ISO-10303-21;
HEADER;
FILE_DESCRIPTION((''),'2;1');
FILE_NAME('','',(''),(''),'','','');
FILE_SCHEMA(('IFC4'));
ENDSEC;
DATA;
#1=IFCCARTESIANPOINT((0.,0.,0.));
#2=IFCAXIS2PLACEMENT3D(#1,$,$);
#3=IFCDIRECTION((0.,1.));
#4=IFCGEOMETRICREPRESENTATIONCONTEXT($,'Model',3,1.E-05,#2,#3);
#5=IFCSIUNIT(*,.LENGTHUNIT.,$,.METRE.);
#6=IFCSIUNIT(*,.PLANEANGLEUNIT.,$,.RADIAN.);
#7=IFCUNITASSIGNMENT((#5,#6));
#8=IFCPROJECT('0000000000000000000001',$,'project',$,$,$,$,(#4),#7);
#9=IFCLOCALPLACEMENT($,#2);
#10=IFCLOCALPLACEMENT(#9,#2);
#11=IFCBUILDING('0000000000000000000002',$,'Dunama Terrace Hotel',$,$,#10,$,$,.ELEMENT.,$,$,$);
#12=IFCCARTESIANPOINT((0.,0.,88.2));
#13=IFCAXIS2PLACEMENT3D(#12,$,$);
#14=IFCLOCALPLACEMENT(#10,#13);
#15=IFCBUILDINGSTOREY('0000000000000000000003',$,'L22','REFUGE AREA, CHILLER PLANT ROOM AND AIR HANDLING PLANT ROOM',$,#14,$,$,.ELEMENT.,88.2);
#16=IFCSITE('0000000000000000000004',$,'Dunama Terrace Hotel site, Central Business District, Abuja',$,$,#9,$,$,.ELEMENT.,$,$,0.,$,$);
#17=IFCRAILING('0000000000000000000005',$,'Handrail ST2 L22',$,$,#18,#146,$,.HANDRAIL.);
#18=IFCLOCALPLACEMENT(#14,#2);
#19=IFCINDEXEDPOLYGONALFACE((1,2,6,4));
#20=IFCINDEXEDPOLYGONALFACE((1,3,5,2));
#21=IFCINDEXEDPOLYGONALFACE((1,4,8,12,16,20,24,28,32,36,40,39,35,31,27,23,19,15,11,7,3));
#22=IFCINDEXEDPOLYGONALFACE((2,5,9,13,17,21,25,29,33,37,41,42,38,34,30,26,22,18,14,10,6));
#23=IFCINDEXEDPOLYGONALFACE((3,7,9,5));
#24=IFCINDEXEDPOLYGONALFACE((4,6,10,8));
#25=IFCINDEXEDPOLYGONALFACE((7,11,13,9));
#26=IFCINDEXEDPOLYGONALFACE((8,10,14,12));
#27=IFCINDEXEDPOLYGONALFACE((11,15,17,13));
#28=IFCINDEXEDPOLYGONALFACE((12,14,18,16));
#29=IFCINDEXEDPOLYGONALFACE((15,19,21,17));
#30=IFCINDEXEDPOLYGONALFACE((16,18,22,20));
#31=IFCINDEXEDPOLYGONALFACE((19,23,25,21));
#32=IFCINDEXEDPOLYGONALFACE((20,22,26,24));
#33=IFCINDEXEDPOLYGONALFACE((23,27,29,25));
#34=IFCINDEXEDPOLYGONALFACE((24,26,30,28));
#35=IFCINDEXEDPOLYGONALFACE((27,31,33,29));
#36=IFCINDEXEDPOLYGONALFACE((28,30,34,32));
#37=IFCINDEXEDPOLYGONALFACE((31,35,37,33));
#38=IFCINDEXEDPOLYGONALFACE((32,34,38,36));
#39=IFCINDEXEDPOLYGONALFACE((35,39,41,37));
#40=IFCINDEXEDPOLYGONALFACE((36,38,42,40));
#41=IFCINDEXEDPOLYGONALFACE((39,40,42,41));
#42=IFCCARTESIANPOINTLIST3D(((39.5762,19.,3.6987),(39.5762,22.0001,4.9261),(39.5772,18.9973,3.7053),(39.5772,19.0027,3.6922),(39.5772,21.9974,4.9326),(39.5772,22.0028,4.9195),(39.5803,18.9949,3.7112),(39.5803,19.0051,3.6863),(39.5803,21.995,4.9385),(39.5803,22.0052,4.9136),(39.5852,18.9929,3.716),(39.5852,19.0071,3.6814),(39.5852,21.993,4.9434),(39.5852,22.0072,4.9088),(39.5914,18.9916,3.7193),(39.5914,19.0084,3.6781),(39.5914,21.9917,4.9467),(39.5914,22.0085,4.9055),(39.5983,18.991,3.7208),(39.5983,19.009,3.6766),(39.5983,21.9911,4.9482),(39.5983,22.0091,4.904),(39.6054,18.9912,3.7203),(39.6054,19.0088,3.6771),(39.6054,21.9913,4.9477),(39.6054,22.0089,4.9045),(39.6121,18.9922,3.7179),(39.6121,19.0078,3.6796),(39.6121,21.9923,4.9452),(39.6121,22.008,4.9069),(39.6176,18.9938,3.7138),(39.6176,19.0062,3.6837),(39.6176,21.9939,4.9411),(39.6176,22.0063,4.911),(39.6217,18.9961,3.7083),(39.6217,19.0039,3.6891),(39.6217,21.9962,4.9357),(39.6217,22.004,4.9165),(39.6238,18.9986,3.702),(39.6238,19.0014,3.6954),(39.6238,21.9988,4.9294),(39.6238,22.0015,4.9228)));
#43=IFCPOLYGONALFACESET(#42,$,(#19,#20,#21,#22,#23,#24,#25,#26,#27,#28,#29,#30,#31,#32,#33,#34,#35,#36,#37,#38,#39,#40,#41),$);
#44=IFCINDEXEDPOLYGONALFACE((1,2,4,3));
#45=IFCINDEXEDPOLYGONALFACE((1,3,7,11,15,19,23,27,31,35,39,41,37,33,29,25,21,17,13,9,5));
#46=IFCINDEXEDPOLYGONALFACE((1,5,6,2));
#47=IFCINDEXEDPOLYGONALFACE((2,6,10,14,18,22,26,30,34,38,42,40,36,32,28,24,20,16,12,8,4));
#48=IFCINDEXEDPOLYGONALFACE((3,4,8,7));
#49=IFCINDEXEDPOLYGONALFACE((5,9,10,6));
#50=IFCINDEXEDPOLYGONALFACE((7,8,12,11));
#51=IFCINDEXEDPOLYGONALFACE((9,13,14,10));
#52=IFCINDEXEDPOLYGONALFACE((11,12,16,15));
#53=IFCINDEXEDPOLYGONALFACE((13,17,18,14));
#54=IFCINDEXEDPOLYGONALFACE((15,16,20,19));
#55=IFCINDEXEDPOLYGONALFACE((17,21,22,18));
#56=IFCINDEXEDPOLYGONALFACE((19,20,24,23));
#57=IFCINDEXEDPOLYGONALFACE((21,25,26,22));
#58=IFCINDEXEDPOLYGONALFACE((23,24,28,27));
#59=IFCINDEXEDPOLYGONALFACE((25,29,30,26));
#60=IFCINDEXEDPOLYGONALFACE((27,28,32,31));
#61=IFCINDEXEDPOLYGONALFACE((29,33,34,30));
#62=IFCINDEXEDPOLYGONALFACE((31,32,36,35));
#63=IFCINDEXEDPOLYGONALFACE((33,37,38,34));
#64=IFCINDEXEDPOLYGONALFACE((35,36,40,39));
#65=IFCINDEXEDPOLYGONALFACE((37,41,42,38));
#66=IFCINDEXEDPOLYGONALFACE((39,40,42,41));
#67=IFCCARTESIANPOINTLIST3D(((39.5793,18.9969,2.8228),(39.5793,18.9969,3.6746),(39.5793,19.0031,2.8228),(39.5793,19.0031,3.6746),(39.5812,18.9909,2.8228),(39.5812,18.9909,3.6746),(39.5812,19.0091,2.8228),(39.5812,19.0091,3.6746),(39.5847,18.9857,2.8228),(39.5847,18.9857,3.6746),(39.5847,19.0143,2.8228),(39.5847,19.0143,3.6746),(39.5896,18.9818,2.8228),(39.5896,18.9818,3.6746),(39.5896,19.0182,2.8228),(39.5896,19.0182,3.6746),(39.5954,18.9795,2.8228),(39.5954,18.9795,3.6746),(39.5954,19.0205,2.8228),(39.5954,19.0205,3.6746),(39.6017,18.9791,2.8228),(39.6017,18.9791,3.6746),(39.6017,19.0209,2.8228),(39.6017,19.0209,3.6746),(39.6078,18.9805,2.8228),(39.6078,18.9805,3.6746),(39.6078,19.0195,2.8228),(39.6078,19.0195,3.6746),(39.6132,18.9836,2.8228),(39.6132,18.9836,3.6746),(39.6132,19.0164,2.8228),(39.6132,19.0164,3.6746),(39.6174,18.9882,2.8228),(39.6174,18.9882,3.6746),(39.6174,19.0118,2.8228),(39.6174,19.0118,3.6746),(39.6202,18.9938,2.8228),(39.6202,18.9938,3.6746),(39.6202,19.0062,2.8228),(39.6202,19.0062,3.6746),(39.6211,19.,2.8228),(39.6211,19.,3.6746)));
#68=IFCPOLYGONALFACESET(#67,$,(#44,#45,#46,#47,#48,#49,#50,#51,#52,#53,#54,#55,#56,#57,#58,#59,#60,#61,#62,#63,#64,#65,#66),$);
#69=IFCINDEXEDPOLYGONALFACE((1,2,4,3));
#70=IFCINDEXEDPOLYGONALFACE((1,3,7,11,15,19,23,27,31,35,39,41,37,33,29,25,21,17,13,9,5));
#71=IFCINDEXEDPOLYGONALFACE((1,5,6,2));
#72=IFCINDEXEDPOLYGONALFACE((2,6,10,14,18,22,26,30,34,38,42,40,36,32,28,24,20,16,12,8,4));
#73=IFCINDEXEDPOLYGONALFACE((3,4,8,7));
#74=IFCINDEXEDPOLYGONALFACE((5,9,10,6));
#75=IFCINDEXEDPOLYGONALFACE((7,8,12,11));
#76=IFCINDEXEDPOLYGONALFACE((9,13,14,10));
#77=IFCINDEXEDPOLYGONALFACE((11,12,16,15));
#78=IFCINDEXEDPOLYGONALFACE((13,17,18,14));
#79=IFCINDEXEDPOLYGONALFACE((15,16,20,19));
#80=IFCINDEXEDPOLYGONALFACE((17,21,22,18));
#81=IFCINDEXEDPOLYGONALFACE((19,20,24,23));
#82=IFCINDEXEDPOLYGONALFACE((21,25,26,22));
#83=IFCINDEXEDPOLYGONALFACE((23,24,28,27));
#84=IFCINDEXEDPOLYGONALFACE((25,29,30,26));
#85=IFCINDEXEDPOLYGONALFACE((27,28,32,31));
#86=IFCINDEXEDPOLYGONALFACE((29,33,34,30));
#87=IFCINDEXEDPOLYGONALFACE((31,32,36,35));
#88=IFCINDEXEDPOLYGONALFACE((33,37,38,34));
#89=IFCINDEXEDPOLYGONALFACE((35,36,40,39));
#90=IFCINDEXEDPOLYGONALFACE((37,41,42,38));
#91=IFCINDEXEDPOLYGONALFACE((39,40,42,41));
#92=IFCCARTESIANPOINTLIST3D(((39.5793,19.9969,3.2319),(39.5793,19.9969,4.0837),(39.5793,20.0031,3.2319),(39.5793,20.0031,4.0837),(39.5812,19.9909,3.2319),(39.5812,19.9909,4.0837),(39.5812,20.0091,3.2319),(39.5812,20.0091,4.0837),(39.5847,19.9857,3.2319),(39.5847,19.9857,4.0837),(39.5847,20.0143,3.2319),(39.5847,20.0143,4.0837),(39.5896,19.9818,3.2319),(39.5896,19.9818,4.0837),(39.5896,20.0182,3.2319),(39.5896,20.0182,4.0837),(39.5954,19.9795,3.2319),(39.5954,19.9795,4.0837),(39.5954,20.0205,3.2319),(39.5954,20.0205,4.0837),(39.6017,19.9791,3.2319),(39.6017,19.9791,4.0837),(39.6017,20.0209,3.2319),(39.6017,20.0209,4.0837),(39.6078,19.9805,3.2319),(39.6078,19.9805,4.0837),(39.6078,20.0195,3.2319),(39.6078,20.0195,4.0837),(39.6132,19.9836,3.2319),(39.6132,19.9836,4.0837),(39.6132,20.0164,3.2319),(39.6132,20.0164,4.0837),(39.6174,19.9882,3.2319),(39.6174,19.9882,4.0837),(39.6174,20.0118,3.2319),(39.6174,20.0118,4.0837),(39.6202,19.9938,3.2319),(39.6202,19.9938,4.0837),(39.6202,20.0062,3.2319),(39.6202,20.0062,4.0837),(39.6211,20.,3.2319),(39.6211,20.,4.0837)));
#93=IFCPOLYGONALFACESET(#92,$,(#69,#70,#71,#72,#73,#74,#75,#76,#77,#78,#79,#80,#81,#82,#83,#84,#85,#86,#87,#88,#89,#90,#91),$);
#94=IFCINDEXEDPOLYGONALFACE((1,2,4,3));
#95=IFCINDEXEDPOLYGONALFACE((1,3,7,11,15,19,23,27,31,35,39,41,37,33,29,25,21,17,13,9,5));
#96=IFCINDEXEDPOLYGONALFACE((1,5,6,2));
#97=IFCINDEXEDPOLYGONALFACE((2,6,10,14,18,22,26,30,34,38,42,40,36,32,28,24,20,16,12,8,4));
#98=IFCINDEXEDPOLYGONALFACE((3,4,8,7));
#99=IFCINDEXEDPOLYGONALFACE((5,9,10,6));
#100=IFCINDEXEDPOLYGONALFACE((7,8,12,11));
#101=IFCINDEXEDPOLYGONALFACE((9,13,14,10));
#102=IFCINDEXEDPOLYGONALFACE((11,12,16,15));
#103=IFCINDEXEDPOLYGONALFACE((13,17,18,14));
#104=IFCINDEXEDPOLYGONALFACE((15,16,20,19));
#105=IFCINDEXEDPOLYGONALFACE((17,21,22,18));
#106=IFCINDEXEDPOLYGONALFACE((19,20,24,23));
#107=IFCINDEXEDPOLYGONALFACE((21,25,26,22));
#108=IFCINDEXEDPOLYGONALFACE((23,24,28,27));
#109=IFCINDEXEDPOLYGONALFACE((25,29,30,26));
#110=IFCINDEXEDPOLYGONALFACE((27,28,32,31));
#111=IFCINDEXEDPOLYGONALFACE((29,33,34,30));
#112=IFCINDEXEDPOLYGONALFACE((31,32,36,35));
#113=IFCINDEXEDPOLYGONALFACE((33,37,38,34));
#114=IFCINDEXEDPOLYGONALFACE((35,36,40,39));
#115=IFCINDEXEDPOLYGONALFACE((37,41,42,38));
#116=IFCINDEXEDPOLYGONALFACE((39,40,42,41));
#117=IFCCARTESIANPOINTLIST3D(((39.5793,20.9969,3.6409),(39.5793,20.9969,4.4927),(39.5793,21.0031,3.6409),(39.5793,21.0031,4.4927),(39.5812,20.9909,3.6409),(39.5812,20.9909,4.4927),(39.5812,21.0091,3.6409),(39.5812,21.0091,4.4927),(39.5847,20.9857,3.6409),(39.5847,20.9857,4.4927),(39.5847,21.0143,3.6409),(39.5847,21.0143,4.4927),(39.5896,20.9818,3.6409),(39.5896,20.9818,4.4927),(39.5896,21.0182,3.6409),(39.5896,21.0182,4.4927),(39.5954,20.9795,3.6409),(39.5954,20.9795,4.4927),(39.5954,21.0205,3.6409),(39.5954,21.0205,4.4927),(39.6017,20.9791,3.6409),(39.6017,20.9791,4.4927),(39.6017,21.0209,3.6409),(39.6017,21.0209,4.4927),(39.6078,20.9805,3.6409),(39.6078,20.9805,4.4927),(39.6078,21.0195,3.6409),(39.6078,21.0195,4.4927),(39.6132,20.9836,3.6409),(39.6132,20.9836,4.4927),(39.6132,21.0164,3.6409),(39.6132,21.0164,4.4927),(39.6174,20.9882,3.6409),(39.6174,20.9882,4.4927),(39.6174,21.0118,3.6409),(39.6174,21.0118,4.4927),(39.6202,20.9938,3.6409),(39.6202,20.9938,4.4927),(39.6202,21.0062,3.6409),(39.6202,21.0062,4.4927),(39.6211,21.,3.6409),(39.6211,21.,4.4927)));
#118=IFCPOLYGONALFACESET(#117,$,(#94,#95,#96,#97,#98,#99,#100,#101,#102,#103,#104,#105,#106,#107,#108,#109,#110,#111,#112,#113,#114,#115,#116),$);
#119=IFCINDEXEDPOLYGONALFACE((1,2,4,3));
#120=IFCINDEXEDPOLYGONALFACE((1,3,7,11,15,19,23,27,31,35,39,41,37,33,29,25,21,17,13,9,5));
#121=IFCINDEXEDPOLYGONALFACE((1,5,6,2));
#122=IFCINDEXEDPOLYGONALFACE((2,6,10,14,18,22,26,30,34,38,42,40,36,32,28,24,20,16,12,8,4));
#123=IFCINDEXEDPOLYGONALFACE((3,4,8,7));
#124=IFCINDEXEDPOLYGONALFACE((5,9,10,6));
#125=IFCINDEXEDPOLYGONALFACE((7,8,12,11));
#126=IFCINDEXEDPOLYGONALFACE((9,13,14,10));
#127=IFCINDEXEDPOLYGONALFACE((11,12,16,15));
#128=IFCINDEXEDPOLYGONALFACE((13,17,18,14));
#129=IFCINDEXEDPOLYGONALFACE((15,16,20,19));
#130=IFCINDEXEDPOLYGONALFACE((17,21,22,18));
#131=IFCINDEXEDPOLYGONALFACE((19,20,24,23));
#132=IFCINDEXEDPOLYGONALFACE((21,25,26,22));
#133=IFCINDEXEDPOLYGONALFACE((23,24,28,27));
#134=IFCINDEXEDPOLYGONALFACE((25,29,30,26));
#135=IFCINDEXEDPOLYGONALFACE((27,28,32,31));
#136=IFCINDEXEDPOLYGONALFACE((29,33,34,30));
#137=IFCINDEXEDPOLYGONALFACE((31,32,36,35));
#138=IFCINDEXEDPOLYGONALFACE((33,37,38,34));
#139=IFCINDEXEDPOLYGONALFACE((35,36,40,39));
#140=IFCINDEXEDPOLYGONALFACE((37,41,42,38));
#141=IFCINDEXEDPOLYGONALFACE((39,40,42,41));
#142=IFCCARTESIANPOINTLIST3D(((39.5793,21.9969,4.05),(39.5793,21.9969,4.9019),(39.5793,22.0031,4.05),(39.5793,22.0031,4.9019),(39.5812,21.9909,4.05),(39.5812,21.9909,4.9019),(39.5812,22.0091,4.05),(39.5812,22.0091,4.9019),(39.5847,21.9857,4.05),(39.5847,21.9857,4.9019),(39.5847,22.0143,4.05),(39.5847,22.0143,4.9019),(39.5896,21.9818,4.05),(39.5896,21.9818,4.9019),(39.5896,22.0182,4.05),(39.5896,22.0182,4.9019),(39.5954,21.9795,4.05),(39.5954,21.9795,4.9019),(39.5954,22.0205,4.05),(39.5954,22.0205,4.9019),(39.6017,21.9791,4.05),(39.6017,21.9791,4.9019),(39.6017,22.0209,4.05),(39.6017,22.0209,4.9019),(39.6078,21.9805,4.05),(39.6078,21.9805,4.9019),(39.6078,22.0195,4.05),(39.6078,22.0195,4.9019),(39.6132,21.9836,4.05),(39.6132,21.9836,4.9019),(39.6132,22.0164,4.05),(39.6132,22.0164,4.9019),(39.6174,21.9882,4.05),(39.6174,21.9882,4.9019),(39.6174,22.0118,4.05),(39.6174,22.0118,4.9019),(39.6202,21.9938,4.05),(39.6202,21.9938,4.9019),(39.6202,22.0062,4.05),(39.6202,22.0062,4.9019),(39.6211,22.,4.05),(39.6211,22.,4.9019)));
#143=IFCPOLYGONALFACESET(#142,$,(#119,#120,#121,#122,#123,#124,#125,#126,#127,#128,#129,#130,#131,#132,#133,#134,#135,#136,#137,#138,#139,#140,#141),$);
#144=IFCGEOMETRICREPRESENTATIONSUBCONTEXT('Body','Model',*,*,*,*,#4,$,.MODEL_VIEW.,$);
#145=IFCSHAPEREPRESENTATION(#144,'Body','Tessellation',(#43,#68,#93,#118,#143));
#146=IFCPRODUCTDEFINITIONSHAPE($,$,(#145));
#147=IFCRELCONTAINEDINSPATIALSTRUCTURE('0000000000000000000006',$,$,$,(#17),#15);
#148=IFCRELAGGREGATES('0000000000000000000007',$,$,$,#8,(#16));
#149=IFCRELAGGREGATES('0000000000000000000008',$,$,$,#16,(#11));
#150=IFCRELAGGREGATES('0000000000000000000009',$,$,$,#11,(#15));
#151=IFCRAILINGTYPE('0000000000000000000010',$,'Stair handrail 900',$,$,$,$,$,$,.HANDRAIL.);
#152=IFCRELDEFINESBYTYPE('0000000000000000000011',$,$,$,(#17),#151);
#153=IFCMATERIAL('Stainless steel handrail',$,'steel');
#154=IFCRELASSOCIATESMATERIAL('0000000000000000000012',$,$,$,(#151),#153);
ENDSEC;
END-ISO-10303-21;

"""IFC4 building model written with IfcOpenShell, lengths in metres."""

from ifc_helpers import new_model, si_unit, direction, frame, origin, origin_2d, place, context, subcontext, project, spatial, circle, extrude, material, type_object, element, save


model = new_model("IFC4")

# Units and contexts
model_context = context("Model", 3, precision=1e-05, world=origin(), true_north=direction((0.0, 1.0)))
body_context = subcontext(model_context, "Body", "Model", "MODEL_VIEW")
ifc_project = project(units=[si_unit("LENGTHUNIT", "METRE"), si_unit("PLANEANGLEUNIT", "RADIAN")], contexts=[model_context])

# Site, building, storey
site_placement = place(None, origin())
site = spatial("IfcSite", under=ifc_project, at=site_placement, Name="Dunama Terrace Hotel site, Central Business District, Abuja", CompositionType="ELEMENT", RefElevation=0.0)
building_placement = place(site_placement, origin())
building = spatial("IfcBuilding", under=site, at=building_placement, Name="Dunama Terrace Hotel", CompositionType="ELEMENT")
storey_placement = place(building_placement, frame((0.0, 0.0, 88.2)))
storey = spatial("IfcBuildingStorey", under=building, at=storey_placement, Name="L22", Description="REFUGE AREA, CHILLER PLANT ROOM AND AIR HANDLING PLANT ROOM", CompositionType="ELEMENT", Elevation=88.2)

# Railing
ifc_material_1 = material(Name="Stainless steel handrail", Category="steel")
railing_type = type_object("IfcRailingType", Name="Stair handrail 900", PredefinedType="HANDRAIL", material=ifc_material_1)
railing_1_placement = place(storey_placement, frame((39.6001, 19.0, 2.8228)))
element("IfcRailing", 1, at=railing_1_placement, inside=storey, type_object=railing_type, Name="Handrail ST2 L22", PredefinedType="HANDRAIL", context=body_context, shape_type="SweptSolid", body=[
    extrude(circle(Radius=0.0239, at=origin_2d()), frame((0.0, 0.0, 0.876), z_axis=(0.0, 0.925545, 0.378639), x_axis=(-1.0, 0.0, 0.0)), (0.0, 0.0, 1.0), 3.2415),
    extrude(circle(Radius=0.021, at=origin_2d()), origin(), (0.0, 0.0, 1.0), 0.8518),
    extrude(circle(Radius=0.021, at=origin_2d()), frame((0.0, 1.0, 0.4092)), (0.0, 0.0, 1.0), 0.8518),
    extrude(circle(Radius=0.021, at=origin_2d()), frame((0.0, 2.0, 0.8181)), (0.0, 0.0, 1.0), 0.8518),
    extrude(circle(Radius=0.021, at=origin_2d()), frame((0.0, 3.0, 1.2273)), (0.0, 0.0, 1.0), 0.8518),
])

save(model, "model.ifc")
